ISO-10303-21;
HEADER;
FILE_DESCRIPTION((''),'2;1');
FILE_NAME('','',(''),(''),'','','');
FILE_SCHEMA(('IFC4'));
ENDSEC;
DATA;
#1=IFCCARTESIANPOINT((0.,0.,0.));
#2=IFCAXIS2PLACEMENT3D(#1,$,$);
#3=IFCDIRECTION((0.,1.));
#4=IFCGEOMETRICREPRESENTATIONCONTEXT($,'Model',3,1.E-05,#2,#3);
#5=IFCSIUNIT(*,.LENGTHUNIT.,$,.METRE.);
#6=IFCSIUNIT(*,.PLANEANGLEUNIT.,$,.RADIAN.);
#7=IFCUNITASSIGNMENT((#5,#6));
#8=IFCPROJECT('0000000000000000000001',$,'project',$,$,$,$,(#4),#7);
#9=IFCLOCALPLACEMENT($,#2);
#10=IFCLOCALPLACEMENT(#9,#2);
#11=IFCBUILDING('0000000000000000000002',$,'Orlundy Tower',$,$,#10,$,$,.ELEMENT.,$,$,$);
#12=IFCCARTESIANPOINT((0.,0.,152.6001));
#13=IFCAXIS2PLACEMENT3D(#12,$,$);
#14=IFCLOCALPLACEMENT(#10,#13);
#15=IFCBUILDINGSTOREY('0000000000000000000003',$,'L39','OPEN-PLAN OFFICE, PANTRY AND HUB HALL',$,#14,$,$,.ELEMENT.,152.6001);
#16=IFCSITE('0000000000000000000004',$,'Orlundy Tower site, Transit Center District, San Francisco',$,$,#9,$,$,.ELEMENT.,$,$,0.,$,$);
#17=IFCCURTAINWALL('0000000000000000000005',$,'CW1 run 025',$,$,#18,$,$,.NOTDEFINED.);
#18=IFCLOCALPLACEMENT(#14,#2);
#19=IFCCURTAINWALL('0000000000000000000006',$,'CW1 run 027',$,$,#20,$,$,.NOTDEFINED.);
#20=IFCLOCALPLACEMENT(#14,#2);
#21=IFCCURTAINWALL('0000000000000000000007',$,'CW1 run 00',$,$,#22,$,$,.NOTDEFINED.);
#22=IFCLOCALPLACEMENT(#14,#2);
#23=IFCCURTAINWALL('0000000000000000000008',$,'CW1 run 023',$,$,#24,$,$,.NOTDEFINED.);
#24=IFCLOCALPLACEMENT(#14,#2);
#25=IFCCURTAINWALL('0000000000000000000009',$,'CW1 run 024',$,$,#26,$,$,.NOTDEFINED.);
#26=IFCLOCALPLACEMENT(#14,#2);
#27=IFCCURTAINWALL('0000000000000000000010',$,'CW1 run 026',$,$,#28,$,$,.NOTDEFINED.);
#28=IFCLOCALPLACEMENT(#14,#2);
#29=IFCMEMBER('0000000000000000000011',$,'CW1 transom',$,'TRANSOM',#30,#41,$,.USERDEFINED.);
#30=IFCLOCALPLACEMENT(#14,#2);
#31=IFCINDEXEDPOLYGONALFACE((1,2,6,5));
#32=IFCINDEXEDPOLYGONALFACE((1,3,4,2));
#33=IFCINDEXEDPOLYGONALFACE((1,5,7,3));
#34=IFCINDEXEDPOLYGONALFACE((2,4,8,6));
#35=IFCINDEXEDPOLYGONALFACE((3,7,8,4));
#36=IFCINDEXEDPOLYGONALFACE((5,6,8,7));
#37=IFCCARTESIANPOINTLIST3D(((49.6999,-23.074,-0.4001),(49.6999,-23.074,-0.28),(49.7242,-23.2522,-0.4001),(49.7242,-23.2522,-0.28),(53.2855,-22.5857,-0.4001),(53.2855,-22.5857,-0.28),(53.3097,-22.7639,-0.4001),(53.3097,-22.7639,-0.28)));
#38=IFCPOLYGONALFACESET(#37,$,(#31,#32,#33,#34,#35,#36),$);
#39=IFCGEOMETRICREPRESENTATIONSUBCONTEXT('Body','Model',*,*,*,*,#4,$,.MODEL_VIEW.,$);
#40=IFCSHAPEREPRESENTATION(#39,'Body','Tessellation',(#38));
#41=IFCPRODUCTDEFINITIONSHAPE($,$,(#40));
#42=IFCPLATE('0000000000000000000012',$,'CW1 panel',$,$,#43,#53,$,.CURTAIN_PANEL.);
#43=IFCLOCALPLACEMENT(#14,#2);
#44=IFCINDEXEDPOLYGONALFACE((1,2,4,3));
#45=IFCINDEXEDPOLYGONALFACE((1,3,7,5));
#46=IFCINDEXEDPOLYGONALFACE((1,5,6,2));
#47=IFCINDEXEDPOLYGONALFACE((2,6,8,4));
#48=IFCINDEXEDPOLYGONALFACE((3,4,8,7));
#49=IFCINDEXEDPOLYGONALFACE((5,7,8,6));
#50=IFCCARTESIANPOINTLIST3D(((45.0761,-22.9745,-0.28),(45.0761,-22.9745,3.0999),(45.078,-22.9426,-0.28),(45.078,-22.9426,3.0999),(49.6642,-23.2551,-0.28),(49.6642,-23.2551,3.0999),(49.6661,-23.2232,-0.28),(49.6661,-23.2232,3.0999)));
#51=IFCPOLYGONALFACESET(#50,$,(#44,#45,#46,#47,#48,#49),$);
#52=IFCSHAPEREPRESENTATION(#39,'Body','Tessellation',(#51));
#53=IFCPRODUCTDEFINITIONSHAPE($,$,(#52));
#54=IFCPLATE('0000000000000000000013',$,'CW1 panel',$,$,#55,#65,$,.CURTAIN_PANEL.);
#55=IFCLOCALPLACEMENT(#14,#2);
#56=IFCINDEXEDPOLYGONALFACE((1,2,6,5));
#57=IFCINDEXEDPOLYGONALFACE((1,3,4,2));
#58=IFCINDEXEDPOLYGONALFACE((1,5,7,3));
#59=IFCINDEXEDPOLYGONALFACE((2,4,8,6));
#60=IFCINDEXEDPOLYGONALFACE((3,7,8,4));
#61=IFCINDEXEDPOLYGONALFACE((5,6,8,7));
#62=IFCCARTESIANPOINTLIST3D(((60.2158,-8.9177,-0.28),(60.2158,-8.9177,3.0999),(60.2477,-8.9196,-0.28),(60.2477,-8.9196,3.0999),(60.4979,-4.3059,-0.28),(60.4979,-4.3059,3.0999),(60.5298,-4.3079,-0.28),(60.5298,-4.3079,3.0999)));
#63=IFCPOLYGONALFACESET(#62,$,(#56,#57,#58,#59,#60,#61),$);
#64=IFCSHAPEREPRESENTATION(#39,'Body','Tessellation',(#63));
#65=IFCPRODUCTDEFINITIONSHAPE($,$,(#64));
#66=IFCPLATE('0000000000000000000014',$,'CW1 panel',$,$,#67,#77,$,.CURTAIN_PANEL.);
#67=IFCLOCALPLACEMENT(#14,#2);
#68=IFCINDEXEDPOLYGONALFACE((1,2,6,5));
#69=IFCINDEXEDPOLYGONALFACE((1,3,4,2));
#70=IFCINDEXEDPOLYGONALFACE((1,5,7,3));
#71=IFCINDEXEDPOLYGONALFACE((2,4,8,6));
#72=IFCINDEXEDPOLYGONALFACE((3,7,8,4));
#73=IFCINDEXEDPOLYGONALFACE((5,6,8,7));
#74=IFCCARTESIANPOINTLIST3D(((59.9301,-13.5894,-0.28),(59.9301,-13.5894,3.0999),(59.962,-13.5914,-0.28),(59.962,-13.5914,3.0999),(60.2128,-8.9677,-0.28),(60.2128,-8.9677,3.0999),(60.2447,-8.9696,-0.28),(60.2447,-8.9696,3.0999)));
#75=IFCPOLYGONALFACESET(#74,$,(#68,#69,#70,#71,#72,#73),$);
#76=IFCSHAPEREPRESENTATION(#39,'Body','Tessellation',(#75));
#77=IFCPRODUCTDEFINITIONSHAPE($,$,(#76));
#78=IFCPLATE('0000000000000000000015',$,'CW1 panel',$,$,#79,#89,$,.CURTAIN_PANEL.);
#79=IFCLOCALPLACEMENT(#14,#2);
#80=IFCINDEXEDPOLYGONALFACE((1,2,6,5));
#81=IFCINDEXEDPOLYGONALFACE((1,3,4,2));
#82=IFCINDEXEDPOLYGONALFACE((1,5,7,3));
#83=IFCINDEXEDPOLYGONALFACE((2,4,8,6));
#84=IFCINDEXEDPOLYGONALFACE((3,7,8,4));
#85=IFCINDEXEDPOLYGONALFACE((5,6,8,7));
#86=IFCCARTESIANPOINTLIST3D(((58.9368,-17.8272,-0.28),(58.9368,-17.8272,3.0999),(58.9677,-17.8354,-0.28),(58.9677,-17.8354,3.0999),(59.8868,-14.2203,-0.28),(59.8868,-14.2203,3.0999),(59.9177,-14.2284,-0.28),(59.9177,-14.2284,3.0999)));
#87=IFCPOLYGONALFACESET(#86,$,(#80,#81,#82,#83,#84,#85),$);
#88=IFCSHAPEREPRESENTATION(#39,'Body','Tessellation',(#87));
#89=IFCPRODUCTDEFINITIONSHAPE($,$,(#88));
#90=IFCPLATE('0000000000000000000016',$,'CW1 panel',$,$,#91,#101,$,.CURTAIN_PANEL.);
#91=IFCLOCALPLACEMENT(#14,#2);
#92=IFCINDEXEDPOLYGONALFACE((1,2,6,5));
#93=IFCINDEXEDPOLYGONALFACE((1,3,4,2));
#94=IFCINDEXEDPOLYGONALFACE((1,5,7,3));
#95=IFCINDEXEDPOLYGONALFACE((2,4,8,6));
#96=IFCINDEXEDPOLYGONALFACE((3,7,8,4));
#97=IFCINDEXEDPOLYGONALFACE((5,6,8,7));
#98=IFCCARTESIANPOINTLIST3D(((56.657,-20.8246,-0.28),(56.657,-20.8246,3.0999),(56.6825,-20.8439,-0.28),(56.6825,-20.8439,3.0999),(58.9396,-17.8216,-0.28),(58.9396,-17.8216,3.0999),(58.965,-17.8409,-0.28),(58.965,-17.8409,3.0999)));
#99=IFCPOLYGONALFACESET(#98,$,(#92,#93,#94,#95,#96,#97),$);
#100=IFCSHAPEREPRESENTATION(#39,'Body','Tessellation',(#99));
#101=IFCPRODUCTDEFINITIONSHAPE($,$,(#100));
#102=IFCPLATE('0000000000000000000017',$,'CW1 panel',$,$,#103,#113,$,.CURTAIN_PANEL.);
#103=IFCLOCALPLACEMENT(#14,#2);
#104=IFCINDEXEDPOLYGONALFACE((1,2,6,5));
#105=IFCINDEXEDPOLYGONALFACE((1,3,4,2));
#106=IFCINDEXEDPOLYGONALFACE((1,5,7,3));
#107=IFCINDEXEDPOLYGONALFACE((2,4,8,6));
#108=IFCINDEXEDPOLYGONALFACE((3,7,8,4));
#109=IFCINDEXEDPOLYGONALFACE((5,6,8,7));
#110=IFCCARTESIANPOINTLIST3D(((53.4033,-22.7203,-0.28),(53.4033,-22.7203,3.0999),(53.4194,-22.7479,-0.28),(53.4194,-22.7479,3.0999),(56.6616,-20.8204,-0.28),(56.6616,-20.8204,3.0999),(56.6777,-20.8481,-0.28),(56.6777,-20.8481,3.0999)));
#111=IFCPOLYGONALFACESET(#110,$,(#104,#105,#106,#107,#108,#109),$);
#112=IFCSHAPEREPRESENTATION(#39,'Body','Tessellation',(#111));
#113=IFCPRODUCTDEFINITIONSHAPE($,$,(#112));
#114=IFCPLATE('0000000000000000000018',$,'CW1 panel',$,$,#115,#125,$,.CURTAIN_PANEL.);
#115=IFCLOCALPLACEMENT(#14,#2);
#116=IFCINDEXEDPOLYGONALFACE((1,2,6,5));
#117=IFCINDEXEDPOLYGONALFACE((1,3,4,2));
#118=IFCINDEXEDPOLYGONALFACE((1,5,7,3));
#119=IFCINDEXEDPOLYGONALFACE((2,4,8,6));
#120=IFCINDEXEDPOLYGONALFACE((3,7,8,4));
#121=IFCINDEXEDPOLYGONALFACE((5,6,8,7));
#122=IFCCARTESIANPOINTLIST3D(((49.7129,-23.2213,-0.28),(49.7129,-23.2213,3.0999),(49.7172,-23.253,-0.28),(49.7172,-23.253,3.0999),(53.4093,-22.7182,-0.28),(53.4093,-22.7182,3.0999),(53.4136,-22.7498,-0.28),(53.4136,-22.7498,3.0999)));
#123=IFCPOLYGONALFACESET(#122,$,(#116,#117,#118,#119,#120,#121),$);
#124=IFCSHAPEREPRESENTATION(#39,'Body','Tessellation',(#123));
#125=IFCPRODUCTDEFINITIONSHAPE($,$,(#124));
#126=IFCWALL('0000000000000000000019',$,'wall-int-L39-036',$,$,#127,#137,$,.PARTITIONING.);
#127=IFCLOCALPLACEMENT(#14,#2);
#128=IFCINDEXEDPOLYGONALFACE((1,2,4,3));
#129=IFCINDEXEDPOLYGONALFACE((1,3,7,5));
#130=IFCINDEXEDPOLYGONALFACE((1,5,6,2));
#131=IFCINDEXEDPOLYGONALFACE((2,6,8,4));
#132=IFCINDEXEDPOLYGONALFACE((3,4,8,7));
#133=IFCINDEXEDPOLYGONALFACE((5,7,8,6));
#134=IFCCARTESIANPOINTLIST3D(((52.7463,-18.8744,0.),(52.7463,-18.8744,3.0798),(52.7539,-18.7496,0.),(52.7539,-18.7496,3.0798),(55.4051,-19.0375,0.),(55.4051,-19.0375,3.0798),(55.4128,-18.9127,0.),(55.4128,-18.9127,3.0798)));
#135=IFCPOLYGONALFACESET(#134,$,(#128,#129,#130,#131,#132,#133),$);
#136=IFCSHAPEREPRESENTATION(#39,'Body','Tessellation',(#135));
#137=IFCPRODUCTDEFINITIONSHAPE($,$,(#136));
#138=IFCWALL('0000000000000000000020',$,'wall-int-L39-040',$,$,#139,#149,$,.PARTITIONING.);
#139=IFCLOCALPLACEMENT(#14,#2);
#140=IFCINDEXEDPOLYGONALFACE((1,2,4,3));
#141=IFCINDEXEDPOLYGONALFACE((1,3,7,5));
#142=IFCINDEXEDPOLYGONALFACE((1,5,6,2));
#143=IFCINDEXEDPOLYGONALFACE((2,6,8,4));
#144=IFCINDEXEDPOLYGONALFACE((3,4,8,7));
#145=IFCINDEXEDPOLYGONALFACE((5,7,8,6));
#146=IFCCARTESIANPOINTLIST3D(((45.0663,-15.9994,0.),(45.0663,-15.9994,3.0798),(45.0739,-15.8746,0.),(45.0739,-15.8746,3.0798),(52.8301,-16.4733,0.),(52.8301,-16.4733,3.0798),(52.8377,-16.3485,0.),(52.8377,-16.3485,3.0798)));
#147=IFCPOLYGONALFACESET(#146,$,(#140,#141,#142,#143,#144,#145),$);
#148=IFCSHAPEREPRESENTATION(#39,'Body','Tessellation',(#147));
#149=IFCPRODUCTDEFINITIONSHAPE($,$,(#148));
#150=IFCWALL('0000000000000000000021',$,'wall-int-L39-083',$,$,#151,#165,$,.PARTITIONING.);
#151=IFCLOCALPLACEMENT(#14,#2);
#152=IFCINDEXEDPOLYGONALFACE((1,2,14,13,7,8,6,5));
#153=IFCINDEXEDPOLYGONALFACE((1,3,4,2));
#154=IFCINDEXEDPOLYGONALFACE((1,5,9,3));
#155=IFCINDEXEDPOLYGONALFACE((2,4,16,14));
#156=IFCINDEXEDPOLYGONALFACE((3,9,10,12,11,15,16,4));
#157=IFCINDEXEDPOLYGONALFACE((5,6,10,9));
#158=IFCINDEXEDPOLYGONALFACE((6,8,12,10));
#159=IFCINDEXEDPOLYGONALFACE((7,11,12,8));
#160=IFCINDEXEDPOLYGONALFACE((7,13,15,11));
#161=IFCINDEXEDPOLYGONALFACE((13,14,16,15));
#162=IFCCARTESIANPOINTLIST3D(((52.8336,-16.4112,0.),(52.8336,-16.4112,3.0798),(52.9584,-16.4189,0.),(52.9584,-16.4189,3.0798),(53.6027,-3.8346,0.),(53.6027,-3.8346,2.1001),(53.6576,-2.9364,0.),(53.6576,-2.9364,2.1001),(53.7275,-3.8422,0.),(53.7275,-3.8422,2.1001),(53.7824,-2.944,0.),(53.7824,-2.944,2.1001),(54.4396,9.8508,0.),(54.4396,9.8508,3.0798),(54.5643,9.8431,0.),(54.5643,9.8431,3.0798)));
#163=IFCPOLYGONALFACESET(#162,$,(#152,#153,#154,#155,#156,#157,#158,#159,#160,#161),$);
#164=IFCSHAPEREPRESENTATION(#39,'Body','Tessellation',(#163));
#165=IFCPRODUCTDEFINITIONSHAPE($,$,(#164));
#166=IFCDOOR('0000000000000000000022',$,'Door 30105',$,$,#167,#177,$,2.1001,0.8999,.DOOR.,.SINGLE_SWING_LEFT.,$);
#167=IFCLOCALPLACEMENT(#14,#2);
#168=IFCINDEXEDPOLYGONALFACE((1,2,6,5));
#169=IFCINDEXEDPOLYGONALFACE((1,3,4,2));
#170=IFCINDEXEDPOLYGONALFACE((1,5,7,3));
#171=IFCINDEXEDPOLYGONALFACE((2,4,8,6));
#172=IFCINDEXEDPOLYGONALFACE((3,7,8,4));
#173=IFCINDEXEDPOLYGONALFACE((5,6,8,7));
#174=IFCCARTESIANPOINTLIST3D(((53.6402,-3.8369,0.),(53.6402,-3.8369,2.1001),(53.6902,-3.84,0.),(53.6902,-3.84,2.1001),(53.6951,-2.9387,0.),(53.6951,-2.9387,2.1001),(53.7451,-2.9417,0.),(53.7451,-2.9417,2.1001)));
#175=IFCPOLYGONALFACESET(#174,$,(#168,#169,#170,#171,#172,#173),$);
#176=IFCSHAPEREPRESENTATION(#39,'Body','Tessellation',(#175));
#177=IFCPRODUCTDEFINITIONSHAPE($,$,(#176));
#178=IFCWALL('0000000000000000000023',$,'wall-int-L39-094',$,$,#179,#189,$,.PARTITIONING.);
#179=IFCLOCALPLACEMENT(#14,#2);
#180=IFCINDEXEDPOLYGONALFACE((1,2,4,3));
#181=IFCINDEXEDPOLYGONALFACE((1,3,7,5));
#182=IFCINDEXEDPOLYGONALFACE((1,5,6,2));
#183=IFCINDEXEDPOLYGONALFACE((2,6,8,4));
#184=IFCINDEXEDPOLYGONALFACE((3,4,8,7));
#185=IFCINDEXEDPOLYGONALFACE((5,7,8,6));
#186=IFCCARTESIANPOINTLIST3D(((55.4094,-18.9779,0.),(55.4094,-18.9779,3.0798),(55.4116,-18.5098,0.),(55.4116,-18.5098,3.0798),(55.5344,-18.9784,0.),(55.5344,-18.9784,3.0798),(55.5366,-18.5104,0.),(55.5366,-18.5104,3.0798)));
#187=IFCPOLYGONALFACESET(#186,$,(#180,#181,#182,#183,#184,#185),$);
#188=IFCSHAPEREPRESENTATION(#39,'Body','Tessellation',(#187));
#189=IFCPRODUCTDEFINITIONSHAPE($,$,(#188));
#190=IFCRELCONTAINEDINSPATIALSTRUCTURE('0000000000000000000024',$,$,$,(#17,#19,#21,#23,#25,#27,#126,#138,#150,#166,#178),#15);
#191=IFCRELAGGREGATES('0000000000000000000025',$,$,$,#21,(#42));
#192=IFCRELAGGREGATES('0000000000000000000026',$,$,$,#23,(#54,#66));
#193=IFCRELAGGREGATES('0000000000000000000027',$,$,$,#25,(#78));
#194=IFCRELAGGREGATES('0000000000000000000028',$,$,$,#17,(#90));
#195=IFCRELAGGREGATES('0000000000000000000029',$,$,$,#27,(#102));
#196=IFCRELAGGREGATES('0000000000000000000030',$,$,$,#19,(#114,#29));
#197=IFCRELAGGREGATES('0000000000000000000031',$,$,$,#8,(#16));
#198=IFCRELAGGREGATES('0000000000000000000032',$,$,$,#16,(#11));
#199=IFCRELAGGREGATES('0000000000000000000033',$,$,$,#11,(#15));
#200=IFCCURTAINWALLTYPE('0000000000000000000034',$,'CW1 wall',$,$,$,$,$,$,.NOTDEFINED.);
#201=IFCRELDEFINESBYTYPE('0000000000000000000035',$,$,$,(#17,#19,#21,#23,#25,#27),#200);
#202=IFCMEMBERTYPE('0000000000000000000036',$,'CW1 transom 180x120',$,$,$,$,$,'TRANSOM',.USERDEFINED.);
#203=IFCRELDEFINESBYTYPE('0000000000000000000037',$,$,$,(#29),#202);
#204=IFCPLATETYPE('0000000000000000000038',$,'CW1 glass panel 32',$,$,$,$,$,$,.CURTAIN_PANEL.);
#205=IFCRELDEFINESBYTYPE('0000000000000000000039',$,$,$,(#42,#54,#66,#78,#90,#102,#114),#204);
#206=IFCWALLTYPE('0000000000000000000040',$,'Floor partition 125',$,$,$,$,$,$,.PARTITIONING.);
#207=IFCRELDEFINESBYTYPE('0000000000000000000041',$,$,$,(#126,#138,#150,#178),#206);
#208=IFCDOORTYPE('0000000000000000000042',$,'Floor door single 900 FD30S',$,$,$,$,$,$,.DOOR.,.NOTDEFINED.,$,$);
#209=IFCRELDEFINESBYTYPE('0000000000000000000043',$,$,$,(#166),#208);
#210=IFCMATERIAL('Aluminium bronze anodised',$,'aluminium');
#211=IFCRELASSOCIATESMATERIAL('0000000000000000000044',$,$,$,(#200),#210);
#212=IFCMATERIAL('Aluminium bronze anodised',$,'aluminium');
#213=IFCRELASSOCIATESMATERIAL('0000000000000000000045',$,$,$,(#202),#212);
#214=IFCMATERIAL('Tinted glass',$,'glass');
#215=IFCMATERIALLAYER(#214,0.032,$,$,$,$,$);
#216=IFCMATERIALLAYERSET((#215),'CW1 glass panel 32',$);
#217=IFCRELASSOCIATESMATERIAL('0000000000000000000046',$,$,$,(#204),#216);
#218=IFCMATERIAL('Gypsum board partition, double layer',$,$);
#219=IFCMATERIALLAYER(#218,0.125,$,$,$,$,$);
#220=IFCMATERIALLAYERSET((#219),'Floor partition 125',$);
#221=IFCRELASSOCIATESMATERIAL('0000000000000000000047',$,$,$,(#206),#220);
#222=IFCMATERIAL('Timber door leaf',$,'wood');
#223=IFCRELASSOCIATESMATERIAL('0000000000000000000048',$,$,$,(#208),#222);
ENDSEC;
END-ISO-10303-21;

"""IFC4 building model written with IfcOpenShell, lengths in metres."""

from ifc_helpers import new_model, si_unit, direction, frame, frame_2d, origin, origin_2d, place, context, subcontext, project, spatial, rectangle, extrude, material, layer, layer_set, material_profile, profile_set, type_object, element, fill, aggregate, save


model = new_model("IFC4")

# Units and contexts
model_context = context("Model", 3, precision=1e-05, world=origin(), true_north=direction((0.0, 1.0)))
body_context = subcontext(model_context, "Body", "Model", "MODEL_VIEW")
ifc_project = project(units=[si_unit("LENGTHUNIT", "METRE"), si_unit("PLANEANGLEUNIT", "RADIAN")], contexts=[model_context])

# Site, building, storey
site_placement = place(None, origin())
site = spatial("IfcSite", under=ifc_project, at=site_placement, Name="Orlundy Tower site, Transit Center District, San Francisco", CompositionType="ELEMENT", RefElevation=0.0)
building_placement = place(site_placement, origin())
building = spatial("IfcBuilding", under=site, at=building_placement, Name="Orlundy Tower", CompositionType="ELEMENT")
storey_placement = place(building_placement, frame((0.0, 0.0, 152.6001)))
storey = spatial("IfcBuildingStorey", under=building, at=storey_placement, Name="L39", Description="OPEN-PLAN OFFICE, PANTRY AND HUB HALL", CompositionType="ELEMENT", Elevation=152.6001)

# Curtain walls
ifc_material_1 = material(Name="Aluminium bronze anodised", Category="aluminium")
curtain_wall_type = type_object("IfcCurtainWallType", Name="CW1 wall", PredefinedType="NOTDEFINED", material=ifc_material_1)
curtain_wall_1_placement = place(storey_placement, origin())
curtain_wall_1 = element("IfcCurtainWall", 1, at=curtain_wall_1_placement, inside=storey, type_object=curtain_wall_type, Name="CW1 run 025", PredefinedType="NOTDEFINED")
curtain_wall_2_placement = place(storey_placement, origin())
curtain_wall_2 = element("IfcCurtainWall", 2, at=curtain_wall_2_placement, inside=storey, type_object=curtain_wall_type, Name="CW1 run 027", PredefinedType="NOTDEFINED")
curtain_wall_3_placement = place(storey_placement, origin())
curtain_wall_3 = element("IfcCurtainWall", 3, at=curtain_wall_3_placement, inside=storey, type_object=curtain_wall_type, Name="CW1 run 00", PredefinedType="NOTDEFINED")
curtain_wall_4_placement = place(storey_placement, origin())
curtain_wall_4 = element("IfcCurtainWall", 4, at=curtain_wall_4_placement, inside=storey, type_object=curtain_wall_type, Name="CW1 run 023", PredefinedType="NOTDEFINED")
curtain_wall_5_placement = place(storey_placement, origin())
curtain_wall_5 = element("IfcCurtainWall", 5, at=curtain_wall_5_placement, inside=storey, type_object=curtain_wall_type, Name="CW1 run 024", PredefinedType="NOTDEFINED")

# Shared definitions
ifc_material_2 = material(Name="Aluminium bronze anodised", Category="aluminium")
ifc_material_profile_1 = material_profile(ifc_material_2, rectangle(XDim=0.1799, YDim=0.1201, at=origin_2d()), Name="CW1 transom 180x120")
ifc_profile_set_1 = profile_set([ifc_material_profile_1], Name="Aluminium bronze anodised")
member_type_1 = type_object("IfcMemberType", Name="CW1 transom 180x120", ElementType="TRANSOM", PredefinedType="USERDEFINED", material=ifc_profile_set_1)

# Curtain wall
curtain_wall_6_placement = place(storey_placement, origin())
curtain_wall_6 = element("IfcCurtainWall", 6, at=curtain_wall_6_placement, inside=storey, type_object=curtain_wall_type, Name="CW1 run 026", PredefinedType="NOTDEFINED")

# Member
member_1_placement = place(storey_placement, frame((53.2976, -22.6748, -0.3401), z_axis=(-0.990854, -0.134939, 0.0), x_axis=(0.134939, -0.990854, 0.0)))
member_1 = element("IfcMember", 7, at=member_1_placement, type_object=member_type_1, Name="CW1 transom", ObjectType="TRANSOM", PredefinedType="USERDEFINED", context=body_context, shape_type="SweptSolid", body=[
    extrude(rectangle(XDim=0.1799, YDim=0.1201, at=origin_2d()), origin(), (0.0, 0.0, 1.0), 3.6187),
])

# Plates
ifc_material_3 = material(Name="Tinted glass", Category="glass")
ifc_layer_1 = layer(ifc_material_3, 0.032)
ifc_layer_set_1 = layer_set([ifc_layer_1], Name="CW1 glass panel 32")
plate_type = type_object("IfcPlateType", Name="CW1 glass panel 32", PredefinedType="CURTAIN_PANEL", material=ifc_layer_set_1)
plate_1_placement = place(storey_placement, frame((47.3711, -23.0989, -0.28), z_axis=(0.0, 0.0, 1.0), x_axis=(-0.998135, 0.061043, 0.0)))
plate_1 = element("IfcPlate", 8, at=plate_1_placement, type_object=plate_type, Name="CW1 panel", PredefinedType="CURTAIN_PANEL", context=body_context, shape_type="SweptSolid", body=[
    extrude(rectangle(XDim=4.5967, YDim=0.032, at=origin_2d()), origin(), (0.0, 0.0, 1.0), 3.3799),
])
aggregate(curtain_wall_3, [plate_1])
plate_2_placement = place(storey_placement, frame((60.3728, -6.6128, -0.28), z_axis=(0.0, 0.0, 1.0), x_axis=(-0.061047, -0.998135, 0.0)))
plate_2 = element("IfcPlate", 9, at=plate_2_placement, type_object=plate_type, Name="CW1 panel", PredefinedType="CURTAIN_PANEL", context=body_context, shape_type="SweptSolid", body=[
    extrude(rectangle(XDim=4.6204, YDim=0.032, at=origin_2d()), origin(), (0.0, 0.0, 1.0), 3.3799),
])
plate_3_placement = place(storey_placement, frame((60.0874, -11.2795, -0.28), z_axis=(0.0, 0.0, 1.0), x_axis=(-0.061047, -0.998135, 0.0)))
plate_3 = element("IfcPlate", 10, at=plate_3_placement, type_object=plate_type, Name="CW1 panel", PredefinedType="CURTAIN_PANEL", context=body_context, shape_type="SweptSolid", body=[
    extrude(rectangle(XDim=4.6304, YDim=0.032, at=origin_2d()), origin(), (0.0, 0.0, 1.0), 3.3799),
])
aggregate(curtain_wall_4, [plate_2, plate_3])
plate_4_placement = place(storey_placement, frame((59.4272, -16.0278, -0.28), z_axis=(0.0, 0.0, 1.0), x_axis=(-0.254706, -0.967019, 0.0)))
plate_4 = element("IfcPlate", 11, at=plate_4_placement, type_object=plate_type, Name="CW1 panel", PredefinedType="CURTAIN_PANEL", context=body_context, shape_type="SweptSolid", body=[
    extrude(rectangle(XDim=3.73, YDim=0.032, at=origin_2d()), origin(), (0.0, 0.0, 1.0), 3.3799),
])
aggregate(curtain_wall_5, [plate_4])
plate_5_placement = place(storey_placement, frame((57.811, -19.3328, -0.28), z_axis=(0.0, 0.0, 1.0), x_axis=(-0.605124, -0.796131, 0.0)))
plate_5 = element("IfcPlate", 12, at=plate_5_placement, type_object=plate_type, Name="CW1 panel", PredefinedType="CURTAIN_PANEL", context=body_context, shape_type="SweptSolid", body=[
    extrude(rectangle(XDim=3.772, YDim=0.032, at=origin_2d()), origin(), (0.0, 0.0, 1.0), 3.3799),
])
aggregate(curtain_wall_1, [plate_5])
plate_6_placement = place(storey_placement, frame((55.0405, -21.7842, -0.28), z_axis=(0.0, 0.0, 1.0), x_axis=(-0.863877, -0.503703, 0.0)))
plate_6 = element("IfcPlate", 13, at=plate_6_placement, type_object=plate_type, Name="CW1 panel", PredefinedType="CURTAIN_PANEL", context=body_context, shape_type="SweptSolid", body=[
    extrude(rectangle(XDim=3.7717, YDim=0.032, at=origin_2d()), origin(), (0.0, 0.0, 1.0), 3.3799),
])
aggregate(curtain_wall_6, [plate_6])
plate_7_placement = place(storey_placement, frame((51.5632, -22.9856, -0.28), z_axis=(0.0, 0.0, 1.0), x_axis=(-0.990861, -0.134884, 0.0)))
plate_7 = element("IfcPlate", 14, at=plate_7_placement, type_object=plate_type, Name="CW1 panel", PredefinedType="CURTAIN_PANEL", context=body_context, shape_type="SweptSolid", body=[
    extrude(rectangle(XDim=3.7305, YDim=0.032, at=origin_2d()), origin(), (0.0, 0.0, 1.0), 3.3799),
])
aggregate(curtain_wall_2, [plate_7, member_1])

# Walls
ifc_material_4 = material(Name="Gypsum board partition, double layer")
ifc_layer_2 = layer(ifc_material_4, 0.125)
ifc_layer_set_2 = layer_set([ifc_layer_2], Name="Floor partition 125")
wall_type = type_object("IfcWallType", Name="Floor partition 125", PredefinedType="PARTITIONING", material=ifc_layer_set_2)
wall_1_placement = place(storey_placement, frame((52.75, -18.812, 0.0), z_axis=(0.0, 0.0, 1.0), x_axis=(0.998124, -0.06122, 0.0)))
element("IfcWall", 15, at=wall_1_placement, inside=storey, type_object=wall_type, Name="wall-int-L39-036", PredefinedType="PARTITIONING", context=body_context, shape_type="SweptSolid", body=[
    extrude(rectangle(XDim=2.6638, YDim=0.125, at=frame_2d((1.332, 0.0))), origin(), (0.0, 0.0, 1.0), 3.0798),
])
wall_2_placement = place(storey_placement, frame((45.0701, -15.937, 0.0), z_axis=(0.0, 0.0, 1.0), x_axis=(0.998143, -0.060922, 0.0)))
element("IfcWall", 16, at=wall_2_placement, inside=storey, type_object=wall_type, Name="wall-int-L39-040", PredefinedType="PARTITIONING", context=body_context, shape_type="SweptSolid", body=[
    extrude(rectangle(XDim=7.7783, YDim=0.125, at=frame_2d((3.8892, 0.0))), origin(), (0.0, 0.0, 1.0), 3.0798),
])

# Wall, opening, door
wall_3_placement = place(storey_placement, frame((52.896, -16.415, 0.0), z_axis=(0.0, 0.0, 1.0), x_axis=(0.061037, 0.998135, 0.0)))
wall_3 = element("IfcWall", 17, at=wall_3_placement, inside=storey, type_object=wall_type, Name="wall-int-L39-083", PredefinedType="PARTITIONING", context=body_context, shape_type="SweptSolid", body=[
    extrude(rectangle(XDim=26.311, YDim=0.125, at=frame_2d((13.1555, 0.0))), origin(), (0.0, 0.0, 1.0), 3.0798),
])
opening_placement = place(wall_3_placement, frame((12.6001, 0.0, 0.0)))
opening = element("IfcOpeningElement", 18, at=opening_placement, cuts=wall_3, PredefinedType="OPENING", context=body_context, shape_type="SweptSolid", body=[
    extrude(rectangle(XDim=0.8999, YDim=2.1001, at=frame_2d((0.45, 1.05))), frame((0.0, 0.0725, 0.0), z_axis=(0.0, -1.0, 0.0), x_axis=(1.0, 0.0, 0.0)), (0.0, 0.0, 1.0), 0.145),
])
ifc_material_5 = material(Name="Timber door leaf", Category="wood")
door_type = type_object("IfcDoorType", Name="Floor door single 900 FD30S", OperationType="NOTDEFINED", PredefinedType="DOOR", material=ifc_material_5)
door_placement = place(opening_placement, origin())
door = element("IfcDoor", 19, at=door_placement, inside=storey, type_object=door_type, Name="Door 30105", OperationType="SINGLE_SWING_LEFT", OverallHeight=2.1001, OverallWidth=0.8999, PredefinedType="DOOR", context=body_context, shape_type="SweptSolid", body=[
    extrude(rectangle(XDim=0.8999, YDim=2.1001, at=frame_2d((0.45, 1.05))), frame((0.0, 0.0249, 0.0), z_axis=(0.0, -1.0, 0.0), x_axis=(1.0, 0.0, 0.0)), (0.0, 0.0, 1.0), 0.05),
])
fill(opening, door)

# Wall
wall_4_placement = place(storey_placement, frame((55.4719, -18.978, 0.0), z_axis=(0.0, 0.0, 1.0), x_axis=(0.004695, 0.999989, 0.0)))
element("IfcWall", 20, at=wall_4_placement, inside=storey, type_object=wall_type, Name="wall-int-L39-094", PredefinedType="PARTITIONING", context=body_context, shape_type="SweptSolid", body=[
    extrude(rectangle(XDim=0.468, YDim=0.125, at=frame_2d((0.2339, 0.0))), origin(), (0.0, 0.0, 1.0), 3.0798),
])

save(model, "model.ifc")
